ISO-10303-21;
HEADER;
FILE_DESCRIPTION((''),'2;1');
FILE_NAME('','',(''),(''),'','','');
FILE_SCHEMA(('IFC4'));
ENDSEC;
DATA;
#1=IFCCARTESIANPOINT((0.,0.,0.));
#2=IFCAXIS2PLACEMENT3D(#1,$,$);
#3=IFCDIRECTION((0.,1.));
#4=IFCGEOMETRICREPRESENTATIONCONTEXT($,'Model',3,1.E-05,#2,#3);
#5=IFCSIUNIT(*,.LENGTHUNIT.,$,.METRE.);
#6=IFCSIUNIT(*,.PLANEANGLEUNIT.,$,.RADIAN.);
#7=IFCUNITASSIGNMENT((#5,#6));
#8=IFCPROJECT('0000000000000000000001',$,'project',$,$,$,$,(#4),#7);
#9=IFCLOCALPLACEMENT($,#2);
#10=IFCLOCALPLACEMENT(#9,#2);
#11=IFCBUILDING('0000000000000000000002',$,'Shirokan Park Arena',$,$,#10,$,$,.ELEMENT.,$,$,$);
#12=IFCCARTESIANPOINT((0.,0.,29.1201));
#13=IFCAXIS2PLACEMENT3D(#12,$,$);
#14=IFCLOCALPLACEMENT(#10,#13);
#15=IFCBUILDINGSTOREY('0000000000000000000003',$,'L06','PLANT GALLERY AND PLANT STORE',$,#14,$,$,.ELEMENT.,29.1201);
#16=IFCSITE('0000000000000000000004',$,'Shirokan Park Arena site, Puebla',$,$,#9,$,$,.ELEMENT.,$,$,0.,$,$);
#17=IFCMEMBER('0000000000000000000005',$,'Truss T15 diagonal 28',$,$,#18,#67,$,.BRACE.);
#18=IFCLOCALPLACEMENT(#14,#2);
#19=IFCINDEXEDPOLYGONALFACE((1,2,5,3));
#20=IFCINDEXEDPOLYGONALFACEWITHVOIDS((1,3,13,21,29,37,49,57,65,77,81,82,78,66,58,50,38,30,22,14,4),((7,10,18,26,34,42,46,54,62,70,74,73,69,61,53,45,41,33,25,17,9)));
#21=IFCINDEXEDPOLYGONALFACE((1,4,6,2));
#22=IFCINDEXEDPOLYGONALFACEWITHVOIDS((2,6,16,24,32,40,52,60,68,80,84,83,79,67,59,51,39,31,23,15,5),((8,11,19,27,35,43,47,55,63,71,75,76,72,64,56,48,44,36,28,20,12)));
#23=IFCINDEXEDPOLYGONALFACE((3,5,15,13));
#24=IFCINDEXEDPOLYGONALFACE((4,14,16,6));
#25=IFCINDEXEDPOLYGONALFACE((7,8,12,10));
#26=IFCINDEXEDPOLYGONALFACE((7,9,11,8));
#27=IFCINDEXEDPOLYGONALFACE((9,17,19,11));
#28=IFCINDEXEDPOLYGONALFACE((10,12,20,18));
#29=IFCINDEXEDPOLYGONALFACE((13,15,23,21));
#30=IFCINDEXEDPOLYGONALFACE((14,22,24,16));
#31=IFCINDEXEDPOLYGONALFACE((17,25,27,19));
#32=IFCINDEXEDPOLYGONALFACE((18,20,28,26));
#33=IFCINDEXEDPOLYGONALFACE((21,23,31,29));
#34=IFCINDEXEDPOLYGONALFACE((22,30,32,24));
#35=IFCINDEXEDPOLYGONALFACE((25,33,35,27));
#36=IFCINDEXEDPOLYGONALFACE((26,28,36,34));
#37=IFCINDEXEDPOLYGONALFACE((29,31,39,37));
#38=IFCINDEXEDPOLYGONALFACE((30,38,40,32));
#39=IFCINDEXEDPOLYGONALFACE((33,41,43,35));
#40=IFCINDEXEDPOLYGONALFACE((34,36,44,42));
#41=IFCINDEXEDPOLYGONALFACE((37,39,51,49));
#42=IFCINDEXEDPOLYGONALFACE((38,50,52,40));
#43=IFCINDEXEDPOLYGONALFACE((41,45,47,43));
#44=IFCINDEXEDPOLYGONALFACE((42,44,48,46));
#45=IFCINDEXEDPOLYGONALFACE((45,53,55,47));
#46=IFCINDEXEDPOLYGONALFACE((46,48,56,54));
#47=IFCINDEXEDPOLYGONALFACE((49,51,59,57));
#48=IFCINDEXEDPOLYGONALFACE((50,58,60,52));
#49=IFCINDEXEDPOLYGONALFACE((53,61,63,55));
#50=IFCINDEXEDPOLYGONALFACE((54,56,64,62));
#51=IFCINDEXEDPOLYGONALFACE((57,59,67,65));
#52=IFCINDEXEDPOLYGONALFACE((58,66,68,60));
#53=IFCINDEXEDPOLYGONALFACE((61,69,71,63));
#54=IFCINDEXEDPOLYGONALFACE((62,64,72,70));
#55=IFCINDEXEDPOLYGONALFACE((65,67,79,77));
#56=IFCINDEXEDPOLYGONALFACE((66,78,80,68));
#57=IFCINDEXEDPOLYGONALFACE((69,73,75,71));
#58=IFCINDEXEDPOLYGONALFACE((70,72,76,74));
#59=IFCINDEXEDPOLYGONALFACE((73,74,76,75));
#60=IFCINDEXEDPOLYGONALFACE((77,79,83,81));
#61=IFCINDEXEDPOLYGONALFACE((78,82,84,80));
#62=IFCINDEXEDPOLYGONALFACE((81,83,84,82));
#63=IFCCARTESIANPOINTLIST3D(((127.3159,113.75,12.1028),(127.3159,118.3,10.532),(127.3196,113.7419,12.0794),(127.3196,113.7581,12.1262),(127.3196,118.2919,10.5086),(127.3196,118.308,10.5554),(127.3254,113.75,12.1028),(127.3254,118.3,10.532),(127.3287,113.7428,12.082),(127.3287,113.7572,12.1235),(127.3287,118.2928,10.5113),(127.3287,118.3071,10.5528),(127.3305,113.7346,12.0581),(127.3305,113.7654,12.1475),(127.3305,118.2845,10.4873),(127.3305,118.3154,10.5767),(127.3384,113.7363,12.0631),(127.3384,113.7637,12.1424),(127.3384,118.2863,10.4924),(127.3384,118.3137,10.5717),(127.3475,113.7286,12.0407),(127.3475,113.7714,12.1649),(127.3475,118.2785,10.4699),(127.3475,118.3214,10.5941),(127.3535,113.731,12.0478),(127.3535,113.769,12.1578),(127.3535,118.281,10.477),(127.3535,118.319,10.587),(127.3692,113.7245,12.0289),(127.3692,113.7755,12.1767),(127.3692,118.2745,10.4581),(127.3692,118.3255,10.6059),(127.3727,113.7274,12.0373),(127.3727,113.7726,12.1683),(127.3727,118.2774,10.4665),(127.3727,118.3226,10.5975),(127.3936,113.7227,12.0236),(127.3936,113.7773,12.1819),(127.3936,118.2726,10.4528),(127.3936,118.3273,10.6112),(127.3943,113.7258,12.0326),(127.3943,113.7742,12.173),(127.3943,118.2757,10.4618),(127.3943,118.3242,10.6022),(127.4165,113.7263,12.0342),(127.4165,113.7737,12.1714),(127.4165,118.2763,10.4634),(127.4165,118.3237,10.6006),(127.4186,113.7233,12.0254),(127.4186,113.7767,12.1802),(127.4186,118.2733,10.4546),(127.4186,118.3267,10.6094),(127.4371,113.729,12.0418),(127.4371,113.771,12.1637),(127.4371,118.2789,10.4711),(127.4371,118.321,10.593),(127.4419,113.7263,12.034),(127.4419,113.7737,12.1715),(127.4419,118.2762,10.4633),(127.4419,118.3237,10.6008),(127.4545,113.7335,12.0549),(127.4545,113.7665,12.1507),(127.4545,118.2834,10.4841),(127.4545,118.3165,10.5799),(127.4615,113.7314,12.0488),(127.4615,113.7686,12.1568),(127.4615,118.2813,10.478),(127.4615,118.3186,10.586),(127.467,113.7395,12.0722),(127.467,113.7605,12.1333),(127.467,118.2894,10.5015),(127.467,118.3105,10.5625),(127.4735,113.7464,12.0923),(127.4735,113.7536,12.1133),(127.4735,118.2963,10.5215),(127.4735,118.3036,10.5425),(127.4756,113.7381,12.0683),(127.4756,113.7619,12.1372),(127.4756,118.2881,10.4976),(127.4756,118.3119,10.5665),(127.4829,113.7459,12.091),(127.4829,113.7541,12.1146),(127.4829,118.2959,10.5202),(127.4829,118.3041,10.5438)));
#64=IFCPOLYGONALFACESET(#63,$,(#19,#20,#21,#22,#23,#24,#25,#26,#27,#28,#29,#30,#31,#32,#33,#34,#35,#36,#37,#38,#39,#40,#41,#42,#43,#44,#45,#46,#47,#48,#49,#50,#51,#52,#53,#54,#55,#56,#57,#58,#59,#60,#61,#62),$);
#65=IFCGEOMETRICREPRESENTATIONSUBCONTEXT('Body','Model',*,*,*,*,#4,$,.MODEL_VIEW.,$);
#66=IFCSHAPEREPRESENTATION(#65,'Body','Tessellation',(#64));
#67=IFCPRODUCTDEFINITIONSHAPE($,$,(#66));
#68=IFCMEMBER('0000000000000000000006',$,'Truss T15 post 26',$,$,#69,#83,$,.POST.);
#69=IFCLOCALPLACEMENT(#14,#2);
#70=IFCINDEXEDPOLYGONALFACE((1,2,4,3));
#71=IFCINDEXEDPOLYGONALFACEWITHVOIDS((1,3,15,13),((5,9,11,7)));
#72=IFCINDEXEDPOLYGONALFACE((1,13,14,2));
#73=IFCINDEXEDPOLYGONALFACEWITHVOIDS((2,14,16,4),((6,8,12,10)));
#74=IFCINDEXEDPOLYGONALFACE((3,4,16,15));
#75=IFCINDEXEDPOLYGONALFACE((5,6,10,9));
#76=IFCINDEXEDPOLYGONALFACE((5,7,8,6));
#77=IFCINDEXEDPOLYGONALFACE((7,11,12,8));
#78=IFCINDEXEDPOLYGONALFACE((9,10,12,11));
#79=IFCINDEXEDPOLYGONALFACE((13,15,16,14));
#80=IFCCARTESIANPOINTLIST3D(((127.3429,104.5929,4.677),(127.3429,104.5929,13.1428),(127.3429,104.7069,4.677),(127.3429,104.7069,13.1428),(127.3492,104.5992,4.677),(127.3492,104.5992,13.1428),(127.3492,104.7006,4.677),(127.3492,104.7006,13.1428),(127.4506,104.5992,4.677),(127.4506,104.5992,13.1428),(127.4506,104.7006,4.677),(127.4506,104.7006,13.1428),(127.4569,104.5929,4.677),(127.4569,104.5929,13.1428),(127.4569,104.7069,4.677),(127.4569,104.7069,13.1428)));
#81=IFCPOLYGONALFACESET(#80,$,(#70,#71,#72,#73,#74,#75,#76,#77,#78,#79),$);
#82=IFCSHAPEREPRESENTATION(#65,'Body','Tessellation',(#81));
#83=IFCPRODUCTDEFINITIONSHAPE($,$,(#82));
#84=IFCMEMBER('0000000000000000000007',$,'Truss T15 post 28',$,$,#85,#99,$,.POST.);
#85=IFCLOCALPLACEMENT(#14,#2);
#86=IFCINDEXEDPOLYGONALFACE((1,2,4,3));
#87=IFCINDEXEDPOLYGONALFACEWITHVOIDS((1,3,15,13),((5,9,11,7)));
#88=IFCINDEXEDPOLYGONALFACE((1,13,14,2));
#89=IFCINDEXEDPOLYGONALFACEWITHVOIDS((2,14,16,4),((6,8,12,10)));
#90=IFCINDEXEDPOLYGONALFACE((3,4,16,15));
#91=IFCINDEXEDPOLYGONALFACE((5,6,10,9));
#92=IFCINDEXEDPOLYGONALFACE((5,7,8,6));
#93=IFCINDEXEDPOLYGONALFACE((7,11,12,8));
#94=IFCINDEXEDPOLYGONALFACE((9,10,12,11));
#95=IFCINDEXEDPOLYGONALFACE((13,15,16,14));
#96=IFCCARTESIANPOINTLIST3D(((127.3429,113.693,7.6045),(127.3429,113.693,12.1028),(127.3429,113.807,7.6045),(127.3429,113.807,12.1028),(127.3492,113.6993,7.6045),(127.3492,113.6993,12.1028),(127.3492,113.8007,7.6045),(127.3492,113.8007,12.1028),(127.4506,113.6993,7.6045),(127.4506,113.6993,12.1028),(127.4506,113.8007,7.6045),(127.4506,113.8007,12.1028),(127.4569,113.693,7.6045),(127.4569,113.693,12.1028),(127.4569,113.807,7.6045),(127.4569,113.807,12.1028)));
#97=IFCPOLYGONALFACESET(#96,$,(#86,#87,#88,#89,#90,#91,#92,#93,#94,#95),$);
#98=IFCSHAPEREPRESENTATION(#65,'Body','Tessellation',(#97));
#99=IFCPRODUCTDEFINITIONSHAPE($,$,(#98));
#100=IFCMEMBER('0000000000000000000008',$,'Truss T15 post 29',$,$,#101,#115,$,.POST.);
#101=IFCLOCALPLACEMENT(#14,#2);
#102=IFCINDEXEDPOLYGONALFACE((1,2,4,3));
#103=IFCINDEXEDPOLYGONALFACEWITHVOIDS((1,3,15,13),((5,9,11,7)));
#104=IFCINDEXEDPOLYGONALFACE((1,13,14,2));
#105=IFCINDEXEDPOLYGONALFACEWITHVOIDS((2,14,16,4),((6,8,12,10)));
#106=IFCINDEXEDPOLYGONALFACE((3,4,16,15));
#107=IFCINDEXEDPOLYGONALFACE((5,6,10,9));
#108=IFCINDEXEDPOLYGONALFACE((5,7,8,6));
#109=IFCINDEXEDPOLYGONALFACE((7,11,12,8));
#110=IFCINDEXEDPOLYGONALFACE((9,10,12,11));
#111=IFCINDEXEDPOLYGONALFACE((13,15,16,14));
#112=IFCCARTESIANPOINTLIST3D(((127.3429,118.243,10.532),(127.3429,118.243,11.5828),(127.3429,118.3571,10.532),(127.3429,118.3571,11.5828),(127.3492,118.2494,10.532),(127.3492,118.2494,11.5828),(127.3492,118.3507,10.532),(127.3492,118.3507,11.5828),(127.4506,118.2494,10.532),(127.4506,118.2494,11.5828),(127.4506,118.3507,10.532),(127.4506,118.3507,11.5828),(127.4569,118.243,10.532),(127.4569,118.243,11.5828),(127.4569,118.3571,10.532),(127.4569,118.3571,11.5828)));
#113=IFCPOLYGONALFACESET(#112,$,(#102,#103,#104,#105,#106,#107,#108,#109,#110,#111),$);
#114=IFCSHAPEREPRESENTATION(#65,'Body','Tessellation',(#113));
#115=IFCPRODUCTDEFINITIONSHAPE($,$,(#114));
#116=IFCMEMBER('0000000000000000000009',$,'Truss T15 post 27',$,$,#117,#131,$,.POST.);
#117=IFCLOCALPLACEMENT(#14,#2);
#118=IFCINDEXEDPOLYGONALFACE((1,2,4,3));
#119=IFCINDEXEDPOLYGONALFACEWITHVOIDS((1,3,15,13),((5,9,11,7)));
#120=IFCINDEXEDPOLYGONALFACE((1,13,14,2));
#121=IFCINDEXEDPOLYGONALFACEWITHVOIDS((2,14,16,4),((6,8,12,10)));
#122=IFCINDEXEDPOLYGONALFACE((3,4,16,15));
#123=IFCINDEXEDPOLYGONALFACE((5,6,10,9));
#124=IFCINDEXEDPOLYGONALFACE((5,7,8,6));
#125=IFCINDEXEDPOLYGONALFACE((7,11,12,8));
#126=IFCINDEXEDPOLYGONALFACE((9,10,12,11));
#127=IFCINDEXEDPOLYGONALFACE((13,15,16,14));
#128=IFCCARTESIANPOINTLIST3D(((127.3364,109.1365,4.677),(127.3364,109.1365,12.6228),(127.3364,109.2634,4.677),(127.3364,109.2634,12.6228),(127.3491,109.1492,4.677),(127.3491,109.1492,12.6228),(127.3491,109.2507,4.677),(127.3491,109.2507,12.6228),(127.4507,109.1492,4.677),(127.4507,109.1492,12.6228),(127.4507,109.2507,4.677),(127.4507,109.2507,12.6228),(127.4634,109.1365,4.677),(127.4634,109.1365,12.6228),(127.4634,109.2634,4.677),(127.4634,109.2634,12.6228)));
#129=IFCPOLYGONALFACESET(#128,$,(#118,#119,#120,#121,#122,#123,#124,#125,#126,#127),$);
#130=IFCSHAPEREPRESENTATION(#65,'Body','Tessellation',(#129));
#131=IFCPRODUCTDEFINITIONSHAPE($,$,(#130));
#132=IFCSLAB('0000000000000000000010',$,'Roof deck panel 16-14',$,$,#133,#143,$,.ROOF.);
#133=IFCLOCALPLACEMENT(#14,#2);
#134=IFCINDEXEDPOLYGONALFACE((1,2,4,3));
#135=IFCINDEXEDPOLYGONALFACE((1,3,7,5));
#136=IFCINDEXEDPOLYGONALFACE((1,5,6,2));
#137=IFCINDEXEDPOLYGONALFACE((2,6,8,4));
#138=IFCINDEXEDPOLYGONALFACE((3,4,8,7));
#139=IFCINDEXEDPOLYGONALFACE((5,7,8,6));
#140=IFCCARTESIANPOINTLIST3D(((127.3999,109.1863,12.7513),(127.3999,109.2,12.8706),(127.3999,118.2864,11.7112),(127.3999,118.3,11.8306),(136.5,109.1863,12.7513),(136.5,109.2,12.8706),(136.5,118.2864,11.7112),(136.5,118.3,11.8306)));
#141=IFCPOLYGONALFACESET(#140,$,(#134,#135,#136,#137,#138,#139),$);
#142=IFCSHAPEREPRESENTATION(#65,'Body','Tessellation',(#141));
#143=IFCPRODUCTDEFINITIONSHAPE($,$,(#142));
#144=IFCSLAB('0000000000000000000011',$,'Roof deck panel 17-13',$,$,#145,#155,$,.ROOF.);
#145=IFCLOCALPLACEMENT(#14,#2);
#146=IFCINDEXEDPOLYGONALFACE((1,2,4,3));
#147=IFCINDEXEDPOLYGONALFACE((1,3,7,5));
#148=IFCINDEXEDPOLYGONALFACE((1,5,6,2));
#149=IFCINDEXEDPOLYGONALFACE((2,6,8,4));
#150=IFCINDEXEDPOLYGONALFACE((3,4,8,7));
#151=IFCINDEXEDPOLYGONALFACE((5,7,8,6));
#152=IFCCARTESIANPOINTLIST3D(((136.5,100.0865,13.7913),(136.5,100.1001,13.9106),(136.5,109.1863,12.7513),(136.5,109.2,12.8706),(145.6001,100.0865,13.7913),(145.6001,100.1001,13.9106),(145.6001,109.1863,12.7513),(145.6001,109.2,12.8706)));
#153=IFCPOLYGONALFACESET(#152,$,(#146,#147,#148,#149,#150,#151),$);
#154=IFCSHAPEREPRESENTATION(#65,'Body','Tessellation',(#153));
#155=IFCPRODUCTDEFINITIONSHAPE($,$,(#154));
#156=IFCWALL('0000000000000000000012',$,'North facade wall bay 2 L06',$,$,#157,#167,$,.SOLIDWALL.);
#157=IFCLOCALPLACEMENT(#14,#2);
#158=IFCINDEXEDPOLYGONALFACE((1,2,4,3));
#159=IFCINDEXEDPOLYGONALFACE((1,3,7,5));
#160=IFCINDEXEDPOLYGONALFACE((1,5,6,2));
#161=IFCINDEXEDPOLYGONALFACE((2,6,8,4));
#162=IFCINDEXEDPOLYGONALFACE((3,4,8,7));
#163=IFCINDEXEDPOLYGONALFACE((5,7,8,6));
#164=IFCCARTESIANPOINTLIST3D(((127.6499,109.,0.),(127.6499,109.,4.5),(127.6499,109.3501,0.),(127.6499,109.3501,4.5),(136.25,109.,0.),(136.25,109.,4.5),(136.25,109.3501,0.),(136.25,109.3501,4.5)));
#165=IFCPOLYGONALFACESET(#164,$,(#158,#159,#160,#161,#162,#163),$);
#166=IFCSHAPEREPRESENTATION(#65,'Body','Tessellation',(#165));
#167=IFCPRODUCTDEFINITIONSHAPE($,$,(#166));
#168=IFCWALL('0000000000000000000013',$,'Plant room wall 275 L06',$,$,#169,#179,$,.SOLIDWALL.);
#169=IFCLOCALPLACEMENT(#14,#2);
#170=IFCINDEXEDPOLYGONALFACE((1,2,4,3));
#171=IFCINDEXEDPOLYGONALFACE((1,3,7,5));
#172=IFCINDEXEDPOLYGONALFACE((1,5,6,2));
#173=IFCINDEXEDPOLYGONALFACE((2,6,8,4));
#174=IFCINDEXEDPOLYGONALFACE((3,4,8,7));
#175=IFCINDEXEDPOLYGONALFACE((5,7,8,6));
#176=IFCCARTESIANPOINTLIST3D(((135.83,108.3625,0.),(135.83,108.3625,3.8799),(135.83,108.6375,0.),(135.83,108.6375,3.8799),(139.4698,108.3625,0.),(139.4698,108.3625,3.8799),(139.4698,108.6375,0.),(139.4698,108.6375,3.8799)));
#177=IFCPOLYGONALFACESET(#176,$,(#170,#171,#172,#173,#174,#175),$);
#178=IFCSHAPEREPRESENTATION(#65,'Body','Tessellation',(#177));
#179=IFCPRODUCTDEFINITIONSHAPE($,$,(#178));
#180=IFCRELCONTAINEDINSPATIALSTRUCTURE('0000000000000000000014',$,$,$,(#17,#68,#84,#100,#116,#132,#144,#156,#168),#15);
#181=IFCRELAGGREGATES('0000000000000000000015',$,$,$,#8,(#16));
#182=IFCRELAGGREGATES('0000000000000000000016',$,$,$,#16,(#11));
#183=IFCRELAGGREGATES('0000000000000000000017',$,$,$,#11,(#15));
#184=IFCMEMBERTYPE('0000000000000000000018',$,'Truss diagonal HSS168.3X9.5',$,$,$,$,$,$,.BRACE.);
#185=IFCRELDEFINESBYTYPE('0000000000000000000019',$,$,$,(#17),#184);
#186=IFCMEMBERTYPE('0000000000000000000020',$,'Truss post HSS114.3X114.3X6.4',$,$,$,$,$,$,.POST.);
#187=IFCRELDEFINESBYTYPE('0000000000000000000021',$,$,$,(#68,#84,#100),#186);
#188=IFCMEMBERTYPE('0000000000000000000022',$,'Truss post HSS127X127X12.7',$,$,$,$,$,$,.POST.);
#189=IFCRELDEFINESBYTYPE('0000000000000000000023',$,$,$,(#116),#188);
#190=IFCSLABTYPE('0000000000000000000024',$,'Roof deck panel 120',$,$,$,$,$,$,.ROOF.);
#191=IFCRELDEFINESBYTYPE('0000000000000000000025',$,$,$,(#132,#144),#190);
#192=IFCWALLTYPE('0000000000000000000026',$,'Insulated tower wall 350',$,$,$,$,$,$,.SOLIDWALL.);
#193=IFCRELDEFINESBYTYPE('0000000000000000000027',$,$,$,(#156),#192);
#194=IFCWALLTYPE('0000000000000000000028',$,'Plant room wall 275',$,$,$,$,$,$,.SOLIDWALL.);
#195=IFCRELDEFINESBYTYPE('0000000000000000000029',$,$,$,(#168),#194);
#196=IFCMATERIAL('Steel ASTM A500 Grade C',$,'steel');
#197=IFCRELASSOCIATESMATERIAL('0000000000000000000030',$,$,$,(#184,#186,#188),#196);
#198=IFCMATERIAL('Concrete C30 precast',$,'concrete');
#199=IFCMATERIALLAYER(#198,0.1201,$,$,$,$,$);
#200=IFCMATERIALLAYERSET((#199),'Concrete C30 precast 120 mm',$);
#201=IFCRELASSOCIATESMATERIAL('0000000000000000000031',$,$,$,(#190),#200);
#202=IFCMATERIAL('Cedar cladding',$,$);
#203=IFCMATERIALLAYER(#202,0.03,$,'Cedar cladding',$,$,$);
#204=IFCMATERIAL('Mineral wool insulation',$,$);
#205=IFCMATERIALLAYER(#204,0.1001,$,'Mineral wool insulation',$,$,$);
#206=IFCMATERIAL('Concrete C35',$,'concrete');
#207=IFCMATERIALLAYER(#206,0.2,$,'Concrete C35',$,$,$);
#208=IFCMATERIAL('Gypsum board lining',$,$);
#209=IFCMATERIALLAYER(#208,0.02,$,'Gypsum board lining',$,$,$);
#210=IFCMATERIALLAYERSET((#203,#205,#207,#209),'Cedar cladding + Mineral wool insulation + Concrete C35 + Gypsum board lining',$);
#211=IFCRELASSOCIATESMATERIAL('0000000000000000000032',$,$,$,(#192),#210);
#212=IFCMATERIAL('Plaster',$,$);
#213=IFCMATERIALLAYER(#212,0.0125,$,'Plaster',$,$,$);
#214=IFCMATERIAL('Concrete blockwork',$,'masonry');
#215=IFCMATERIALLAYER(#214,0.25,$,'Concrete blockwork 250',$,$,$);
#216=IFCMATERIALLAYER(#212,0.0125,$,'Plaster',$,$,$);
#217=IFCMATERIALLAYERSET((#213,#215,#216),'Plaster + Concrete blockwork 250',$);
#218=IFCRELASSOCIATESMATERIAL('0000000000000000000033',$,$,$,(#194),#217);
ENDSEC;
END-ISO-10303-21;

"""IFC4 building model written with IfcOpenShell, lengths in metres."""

from ifc_helpers import new_model, si_unit, direction, frame, frame_2d, origin, origin_2d, place, context, subcontext, project, spatial, polyline, rectangle, hollow_rectangle, hollow_circle, outline, extrude, material, layer, layer_set, material_profile, profile_set, type_object, element, save


model = new_model("IFC4")

# Units and contexts
model_context = context("Model", 3, precision=1e-05, world=origin(), true_north=direction((0.0, 1.0)))
body_context = subcontext(model_context, "Body", "Model", "MODEL_VIEW")
ifc_project = project(units=[si_unit("LENGTHUNIT", "METRE"), si_unit("PLANEANGLEUNIT", "RADIAN")], contexts=[model_context])

# Site, building, storey
site_placement = place(None, origin())
site = spatial("IfcSite", under=ifc_project, at=site_placement, Name="Shirokan Park Arena site, Puebla", CompositionType="ELEMENT", RefElevation=0.0)
building_placement = place(site_placement, origin())
building = spatial("IfcBuilding", under=site, at=building_placement, Name="Shirokan Park Arena", CompositionType="ELEMENT")
storey_placement = place(building_placement, frame((0.0, 0.0, 29.1201)))
storey = spatial("IfcBuildingStorey", under=building, at=storey_placement, Name="L06", Description="PLANT GALLERY AND PLANT STORE", CompositionType="ELEMENT", Elevation=29.1201)

# Shared definitions
ifc_material_1 = material(Name="Concrete C35", Category="concrete")

# Shared definitions
ifc_material_2 = material(Name="Steel ASTM A500 Grade C", Category="steel")

# Members
ifc_material_profile_1 = material_profile(ifc_material_2, hollow_circle(Radius=0.084, WallThickness=0.0095, at=origin_2d()), Name="HSS168.3X9.5")
ifc_profile_set_1 = profile_set([ifc_material_profile_1], Name="Steel ASTM A500 Grade C")
member_type_1 = type_object("IfcMemberType", Name="Truss diagonal HSS168.3X9.5", PredefinedType="BRACE", material=ifc_profile_set_1)
member_1_placement = place(storey_placement, frame((127.3999, 113.75, 12.1028), z_axis=(0.0, 0.945256, -0.326328), x_axis=(-1.0, 0.0, 0.0)))
element("IfcMember", 1, at=member_1_placement, inside=storey, type_object=member_type_1, Name="Truss T15 diagonal 28", PredefinedType="BRACE", context=body_context, shape_type="SweptSolid", body=[
    extrude(hollow_circle(Radius=0.084, WallThickness=0.0095, at=origin_2d()), origin(), (0.0, 0.0, 1.0), 4.8135),
])
ifc_material_profile_2 = material_profile(ifc_material_2, hollow_rectangle(XDim=0.114, YDim=0.114, WallThickness=0.0063, at=origin_2d()), Name="HSS114.3X114.3X6.4")
ifc_profile_set_2 = profile_set([ifc_material_profile_2], Name="Steel ASTM A500 Grade C")
member_type_2 = type_object("IfcMemberType", Name="Truss post HSS114.3X114.3X6.4", PredefinedType="POST", material=ifc_profile_set_2)
member_2_placement = place(storey_placement, frame((127.3999, 104.6499, 4.677), z_axis=(0.0, 0.0, 1.0), x_axis=(1.0, 0.0, 0.0)))
element("IfcMember", 2, at=member_2_placement, inside=storey, type_object=member_type_2, Name="Truss T15 post 26", PredefinedType="POST", context=body_context, shape_type="SweptSolid", body=[
    extrude(hollow_rectangle(XDim=0.114, YDim=0.114, WallThickness=0.0063, at=origin_2d()), origin(), (0.0, 0.0, 1.0), 8.4658),
])
member_3_placement = place(storey_placement, frame((127.3999, 113.75, 7.6045), z_axis=(0.0, 0.0, 1.0), x_axis=(1.0, 0.0, 0.0)))
element("IfcMember", 3, at=member_3_placement, inside=storey, type_object=member_type_2, Name="Truss T15 post 28", PredefinedType="POST", context=body_context, shape_type="SweptSolid", body=[
    extrude(hollow_rectangle(XDim=0.114, YDim=0.114, WallThickness=0.0063, at=origin_2d()), origin(), (0.0, 0.0, 1.0), 4.4983),
])
member_4_placement = place(storey_placement, frame((127.3999, 118.3, 10.532), z_axis=(0.0, 0.0, 1.0), x_axis=(1.0, 0.0, 0.0)))
element("IfcMember", 4, at=member_4_placement, inside=storey, type_object=member_type_2, Name="Truss T15 post 29", PredefinedType="POST", context=body_context, shape_type="SweptSolid", body=[
    extrude(hollow_rectangle(XDim=0.114, YDim=0.114, WallThickness=0.0063, at=origin_2d()), origin(), (0.0, 0.0, 1.0), 1.0508),
])
ifc_material_profile_3 = material_profile(ifc_material_2, hollow_rectangle(XDim=0.127, YDim=0.127, WallThickness=0.0127, at=origin_2d()), Name="HSS127X127X12.7")
ifc_profile_set_3 = profile_set([ifc_material_profile_3], Name="Steel ASTM A500 Grade C")
member_type_3 = type_object("IfcMemberType", Name="Truss post HSS127X127X12.7", PredefinedType="POST", material=ifc_profile_set_3)
member_5_placement = place(storey_placement, frame((127.3999, 109.2, 4.677), z_axis=(0.0, 0.0, 1.0), x_axis=(1.0, 0.0, 0.0)))
element("IfcMember", 5, at=member_5_placement, inside=storey, type_object=member_type_3, Name="Truss T15 post 27", PredefinedType="POST", context=body_context, shape_type="SweptSolid", body=[
    extrude(hollow_rectangle(XDim=0.127, YDim=0.127, WallThickness=0.0127, at=origin_2d()), origin(), (0.0, 0.0, 1.0), 7.9458),
])

# Slabs
ifc_material_3 = material(Name="Concrete C30 precast", Category="concrete")
ifc_layer_1 = layer(ifc_material_3, 0.1201)
ifc_layer_set_1 = layer_set([ifc_layer_1], Name="Concrete C30 precast 120 mm")
slab_type = type_object("IfcSlabType", Name="Roof deck panel 120", PredefinedType="ROOF", material=ifc_layer_set_1)
slab_1_placement = place(storey_placement, frame((127.3999, 109.2, 12.8706), z_axis=(0.0, 0.11355, 0.993532), x_axis=(1.0, 0.0, 0.0)))
element("IfcSlab", 6, at=slab_1_placement, inside=storey, type_object=slab_type, Name="Roof deck panel 16-14", PredefinedType="ROOF", context=body_context, shape_type="SweptSolid", body=[
    extrude(outline(polyline([(0.0, 0.0), (9.1001, 0.0), (9.1001, 9.1593), (0.0, 9.1593), (0.0, 0.0)])), origin(), (0.0, 0.0, -1.0), 0.1201),
])
slab_2_placement = place(storey_placement, frame((136.5, 100.1001, 13.9106), z_axis=(0.0, 0.113553, 0.993532), x_axis=(1.0, 0.0, 0.0)))
element("IfcSlab", 7, at=slab_2_placement, inside=storey, type_object=slab_type, Name="Roof deck panel 17-13", PredefinedType="ROOF", context=body_context, shape_type="SweptSolid", body=[
    extrude(outline(polyline([(0.0, 0.0), (9.1001, 0.0), (9.1001, 9.1591), (0.0, 9.1591), (0.0, 0.0)])), origin(), (0.0, 0.0, -1.0), 0.1201),
])

# Walls
ifc_material_4 = material(Name="Cedar cladding")
ifc_layer_2 = layer(ifc_material_4, 0.03, Name="Cedar cladding")
ifc_material_5 = material(Name="Mineral wool insulation")
ifc_layer_3 = layer(ifc_material_5, 0.1001, Name="Mineral wool insulation")
ifc_layer_4 = layer(ifc_material_1, 0.2, Name="Concrete C35")
ifc_material_6 = material(Name="Gypsum board lining")
ifc_layer_5 = layer(ifc_material_6, 0.02, Name="Gypsum board lining")
ifc_layer_set_2 = layer_set([ifc_layer_2, ifc_layer_3, ifc_layer_4, ifc_layer_5], Name="Cedar cladding + Mineral wool insulation + Concrete C35 + Gypsum board lining")
wall_type_1 = type_object("IfcWallType", Name="Insulated tower wall 350", PredefinedType="SOLIDWALL", material=ifc_layer_set_2)
wall_1_placement = place(storey_placement, frame((136.25, 109.175, 0.0), z_axis=(0.0, 0.0, 1.0), x_axis=(-1.0, 0.0, 0.0)))
element("IfcWall", 8, at=wall_1_placement, inside=storey, type_object=wall_type_1, Name="North facade wall bay 2 L06", PredefinedType="SOLIDWALL", context=body_context, shape_type="SweptSolid", body=[
    extrude(rectangle(XDim=8.6001, YDim=0.3501, at=frame_2d((4.3, 0.0))), origin(), (0.0, 0.0, 1.0), 4.5),
])
ifc_material_7 = material(Name="Plaster")
ifc_layer_6 = layer(ifc_material_7, 0.0125, Name="Plaster")
ifc_material_8 = material(Name="Concrete blockwork", Category="masonry")
ifc_layer_7 = layer(ifc_material_8, 0.25, Name="Concrete blockwork 250")
ifc_layer_8 = layer(ifc_material_7, 0.0125, Name="Plaster")
ifc_layer_set_3 = layer_set([ifc_layer_6, ifc_layer_7, ifc_layer_8], Name="Plaster + Concrete blockwork 250")
wall_type_2 = type_object("IfcWallType", Name="Plant room wall 275", PredefinedType="SOLIDWALL", material=ifc_layer_set_3)
wall_2_placement = place(storey_placement, frame((135.8301, 108.5, 0.0), z_axis=(0.0, 0.0, 1.0), x_axis=(1.0, 0.0, 0.0)))
element("IfcWall", 9, at=wall_2_placement, inside=storey, type_object=wall_type_2, Name="Plant room wall 275 L06", PredefinedType="SOLIDWALL", context=body_context, shape_type="SweptSolid", body=[
    extrude(rectangle(XDim=3.6399, YDim=0.2749, at=frame_2d((1.8198, 0.0))), origin(), (0.0, 0.0, 1.0), 3.8799),
])

save(model, "model.ifc")
